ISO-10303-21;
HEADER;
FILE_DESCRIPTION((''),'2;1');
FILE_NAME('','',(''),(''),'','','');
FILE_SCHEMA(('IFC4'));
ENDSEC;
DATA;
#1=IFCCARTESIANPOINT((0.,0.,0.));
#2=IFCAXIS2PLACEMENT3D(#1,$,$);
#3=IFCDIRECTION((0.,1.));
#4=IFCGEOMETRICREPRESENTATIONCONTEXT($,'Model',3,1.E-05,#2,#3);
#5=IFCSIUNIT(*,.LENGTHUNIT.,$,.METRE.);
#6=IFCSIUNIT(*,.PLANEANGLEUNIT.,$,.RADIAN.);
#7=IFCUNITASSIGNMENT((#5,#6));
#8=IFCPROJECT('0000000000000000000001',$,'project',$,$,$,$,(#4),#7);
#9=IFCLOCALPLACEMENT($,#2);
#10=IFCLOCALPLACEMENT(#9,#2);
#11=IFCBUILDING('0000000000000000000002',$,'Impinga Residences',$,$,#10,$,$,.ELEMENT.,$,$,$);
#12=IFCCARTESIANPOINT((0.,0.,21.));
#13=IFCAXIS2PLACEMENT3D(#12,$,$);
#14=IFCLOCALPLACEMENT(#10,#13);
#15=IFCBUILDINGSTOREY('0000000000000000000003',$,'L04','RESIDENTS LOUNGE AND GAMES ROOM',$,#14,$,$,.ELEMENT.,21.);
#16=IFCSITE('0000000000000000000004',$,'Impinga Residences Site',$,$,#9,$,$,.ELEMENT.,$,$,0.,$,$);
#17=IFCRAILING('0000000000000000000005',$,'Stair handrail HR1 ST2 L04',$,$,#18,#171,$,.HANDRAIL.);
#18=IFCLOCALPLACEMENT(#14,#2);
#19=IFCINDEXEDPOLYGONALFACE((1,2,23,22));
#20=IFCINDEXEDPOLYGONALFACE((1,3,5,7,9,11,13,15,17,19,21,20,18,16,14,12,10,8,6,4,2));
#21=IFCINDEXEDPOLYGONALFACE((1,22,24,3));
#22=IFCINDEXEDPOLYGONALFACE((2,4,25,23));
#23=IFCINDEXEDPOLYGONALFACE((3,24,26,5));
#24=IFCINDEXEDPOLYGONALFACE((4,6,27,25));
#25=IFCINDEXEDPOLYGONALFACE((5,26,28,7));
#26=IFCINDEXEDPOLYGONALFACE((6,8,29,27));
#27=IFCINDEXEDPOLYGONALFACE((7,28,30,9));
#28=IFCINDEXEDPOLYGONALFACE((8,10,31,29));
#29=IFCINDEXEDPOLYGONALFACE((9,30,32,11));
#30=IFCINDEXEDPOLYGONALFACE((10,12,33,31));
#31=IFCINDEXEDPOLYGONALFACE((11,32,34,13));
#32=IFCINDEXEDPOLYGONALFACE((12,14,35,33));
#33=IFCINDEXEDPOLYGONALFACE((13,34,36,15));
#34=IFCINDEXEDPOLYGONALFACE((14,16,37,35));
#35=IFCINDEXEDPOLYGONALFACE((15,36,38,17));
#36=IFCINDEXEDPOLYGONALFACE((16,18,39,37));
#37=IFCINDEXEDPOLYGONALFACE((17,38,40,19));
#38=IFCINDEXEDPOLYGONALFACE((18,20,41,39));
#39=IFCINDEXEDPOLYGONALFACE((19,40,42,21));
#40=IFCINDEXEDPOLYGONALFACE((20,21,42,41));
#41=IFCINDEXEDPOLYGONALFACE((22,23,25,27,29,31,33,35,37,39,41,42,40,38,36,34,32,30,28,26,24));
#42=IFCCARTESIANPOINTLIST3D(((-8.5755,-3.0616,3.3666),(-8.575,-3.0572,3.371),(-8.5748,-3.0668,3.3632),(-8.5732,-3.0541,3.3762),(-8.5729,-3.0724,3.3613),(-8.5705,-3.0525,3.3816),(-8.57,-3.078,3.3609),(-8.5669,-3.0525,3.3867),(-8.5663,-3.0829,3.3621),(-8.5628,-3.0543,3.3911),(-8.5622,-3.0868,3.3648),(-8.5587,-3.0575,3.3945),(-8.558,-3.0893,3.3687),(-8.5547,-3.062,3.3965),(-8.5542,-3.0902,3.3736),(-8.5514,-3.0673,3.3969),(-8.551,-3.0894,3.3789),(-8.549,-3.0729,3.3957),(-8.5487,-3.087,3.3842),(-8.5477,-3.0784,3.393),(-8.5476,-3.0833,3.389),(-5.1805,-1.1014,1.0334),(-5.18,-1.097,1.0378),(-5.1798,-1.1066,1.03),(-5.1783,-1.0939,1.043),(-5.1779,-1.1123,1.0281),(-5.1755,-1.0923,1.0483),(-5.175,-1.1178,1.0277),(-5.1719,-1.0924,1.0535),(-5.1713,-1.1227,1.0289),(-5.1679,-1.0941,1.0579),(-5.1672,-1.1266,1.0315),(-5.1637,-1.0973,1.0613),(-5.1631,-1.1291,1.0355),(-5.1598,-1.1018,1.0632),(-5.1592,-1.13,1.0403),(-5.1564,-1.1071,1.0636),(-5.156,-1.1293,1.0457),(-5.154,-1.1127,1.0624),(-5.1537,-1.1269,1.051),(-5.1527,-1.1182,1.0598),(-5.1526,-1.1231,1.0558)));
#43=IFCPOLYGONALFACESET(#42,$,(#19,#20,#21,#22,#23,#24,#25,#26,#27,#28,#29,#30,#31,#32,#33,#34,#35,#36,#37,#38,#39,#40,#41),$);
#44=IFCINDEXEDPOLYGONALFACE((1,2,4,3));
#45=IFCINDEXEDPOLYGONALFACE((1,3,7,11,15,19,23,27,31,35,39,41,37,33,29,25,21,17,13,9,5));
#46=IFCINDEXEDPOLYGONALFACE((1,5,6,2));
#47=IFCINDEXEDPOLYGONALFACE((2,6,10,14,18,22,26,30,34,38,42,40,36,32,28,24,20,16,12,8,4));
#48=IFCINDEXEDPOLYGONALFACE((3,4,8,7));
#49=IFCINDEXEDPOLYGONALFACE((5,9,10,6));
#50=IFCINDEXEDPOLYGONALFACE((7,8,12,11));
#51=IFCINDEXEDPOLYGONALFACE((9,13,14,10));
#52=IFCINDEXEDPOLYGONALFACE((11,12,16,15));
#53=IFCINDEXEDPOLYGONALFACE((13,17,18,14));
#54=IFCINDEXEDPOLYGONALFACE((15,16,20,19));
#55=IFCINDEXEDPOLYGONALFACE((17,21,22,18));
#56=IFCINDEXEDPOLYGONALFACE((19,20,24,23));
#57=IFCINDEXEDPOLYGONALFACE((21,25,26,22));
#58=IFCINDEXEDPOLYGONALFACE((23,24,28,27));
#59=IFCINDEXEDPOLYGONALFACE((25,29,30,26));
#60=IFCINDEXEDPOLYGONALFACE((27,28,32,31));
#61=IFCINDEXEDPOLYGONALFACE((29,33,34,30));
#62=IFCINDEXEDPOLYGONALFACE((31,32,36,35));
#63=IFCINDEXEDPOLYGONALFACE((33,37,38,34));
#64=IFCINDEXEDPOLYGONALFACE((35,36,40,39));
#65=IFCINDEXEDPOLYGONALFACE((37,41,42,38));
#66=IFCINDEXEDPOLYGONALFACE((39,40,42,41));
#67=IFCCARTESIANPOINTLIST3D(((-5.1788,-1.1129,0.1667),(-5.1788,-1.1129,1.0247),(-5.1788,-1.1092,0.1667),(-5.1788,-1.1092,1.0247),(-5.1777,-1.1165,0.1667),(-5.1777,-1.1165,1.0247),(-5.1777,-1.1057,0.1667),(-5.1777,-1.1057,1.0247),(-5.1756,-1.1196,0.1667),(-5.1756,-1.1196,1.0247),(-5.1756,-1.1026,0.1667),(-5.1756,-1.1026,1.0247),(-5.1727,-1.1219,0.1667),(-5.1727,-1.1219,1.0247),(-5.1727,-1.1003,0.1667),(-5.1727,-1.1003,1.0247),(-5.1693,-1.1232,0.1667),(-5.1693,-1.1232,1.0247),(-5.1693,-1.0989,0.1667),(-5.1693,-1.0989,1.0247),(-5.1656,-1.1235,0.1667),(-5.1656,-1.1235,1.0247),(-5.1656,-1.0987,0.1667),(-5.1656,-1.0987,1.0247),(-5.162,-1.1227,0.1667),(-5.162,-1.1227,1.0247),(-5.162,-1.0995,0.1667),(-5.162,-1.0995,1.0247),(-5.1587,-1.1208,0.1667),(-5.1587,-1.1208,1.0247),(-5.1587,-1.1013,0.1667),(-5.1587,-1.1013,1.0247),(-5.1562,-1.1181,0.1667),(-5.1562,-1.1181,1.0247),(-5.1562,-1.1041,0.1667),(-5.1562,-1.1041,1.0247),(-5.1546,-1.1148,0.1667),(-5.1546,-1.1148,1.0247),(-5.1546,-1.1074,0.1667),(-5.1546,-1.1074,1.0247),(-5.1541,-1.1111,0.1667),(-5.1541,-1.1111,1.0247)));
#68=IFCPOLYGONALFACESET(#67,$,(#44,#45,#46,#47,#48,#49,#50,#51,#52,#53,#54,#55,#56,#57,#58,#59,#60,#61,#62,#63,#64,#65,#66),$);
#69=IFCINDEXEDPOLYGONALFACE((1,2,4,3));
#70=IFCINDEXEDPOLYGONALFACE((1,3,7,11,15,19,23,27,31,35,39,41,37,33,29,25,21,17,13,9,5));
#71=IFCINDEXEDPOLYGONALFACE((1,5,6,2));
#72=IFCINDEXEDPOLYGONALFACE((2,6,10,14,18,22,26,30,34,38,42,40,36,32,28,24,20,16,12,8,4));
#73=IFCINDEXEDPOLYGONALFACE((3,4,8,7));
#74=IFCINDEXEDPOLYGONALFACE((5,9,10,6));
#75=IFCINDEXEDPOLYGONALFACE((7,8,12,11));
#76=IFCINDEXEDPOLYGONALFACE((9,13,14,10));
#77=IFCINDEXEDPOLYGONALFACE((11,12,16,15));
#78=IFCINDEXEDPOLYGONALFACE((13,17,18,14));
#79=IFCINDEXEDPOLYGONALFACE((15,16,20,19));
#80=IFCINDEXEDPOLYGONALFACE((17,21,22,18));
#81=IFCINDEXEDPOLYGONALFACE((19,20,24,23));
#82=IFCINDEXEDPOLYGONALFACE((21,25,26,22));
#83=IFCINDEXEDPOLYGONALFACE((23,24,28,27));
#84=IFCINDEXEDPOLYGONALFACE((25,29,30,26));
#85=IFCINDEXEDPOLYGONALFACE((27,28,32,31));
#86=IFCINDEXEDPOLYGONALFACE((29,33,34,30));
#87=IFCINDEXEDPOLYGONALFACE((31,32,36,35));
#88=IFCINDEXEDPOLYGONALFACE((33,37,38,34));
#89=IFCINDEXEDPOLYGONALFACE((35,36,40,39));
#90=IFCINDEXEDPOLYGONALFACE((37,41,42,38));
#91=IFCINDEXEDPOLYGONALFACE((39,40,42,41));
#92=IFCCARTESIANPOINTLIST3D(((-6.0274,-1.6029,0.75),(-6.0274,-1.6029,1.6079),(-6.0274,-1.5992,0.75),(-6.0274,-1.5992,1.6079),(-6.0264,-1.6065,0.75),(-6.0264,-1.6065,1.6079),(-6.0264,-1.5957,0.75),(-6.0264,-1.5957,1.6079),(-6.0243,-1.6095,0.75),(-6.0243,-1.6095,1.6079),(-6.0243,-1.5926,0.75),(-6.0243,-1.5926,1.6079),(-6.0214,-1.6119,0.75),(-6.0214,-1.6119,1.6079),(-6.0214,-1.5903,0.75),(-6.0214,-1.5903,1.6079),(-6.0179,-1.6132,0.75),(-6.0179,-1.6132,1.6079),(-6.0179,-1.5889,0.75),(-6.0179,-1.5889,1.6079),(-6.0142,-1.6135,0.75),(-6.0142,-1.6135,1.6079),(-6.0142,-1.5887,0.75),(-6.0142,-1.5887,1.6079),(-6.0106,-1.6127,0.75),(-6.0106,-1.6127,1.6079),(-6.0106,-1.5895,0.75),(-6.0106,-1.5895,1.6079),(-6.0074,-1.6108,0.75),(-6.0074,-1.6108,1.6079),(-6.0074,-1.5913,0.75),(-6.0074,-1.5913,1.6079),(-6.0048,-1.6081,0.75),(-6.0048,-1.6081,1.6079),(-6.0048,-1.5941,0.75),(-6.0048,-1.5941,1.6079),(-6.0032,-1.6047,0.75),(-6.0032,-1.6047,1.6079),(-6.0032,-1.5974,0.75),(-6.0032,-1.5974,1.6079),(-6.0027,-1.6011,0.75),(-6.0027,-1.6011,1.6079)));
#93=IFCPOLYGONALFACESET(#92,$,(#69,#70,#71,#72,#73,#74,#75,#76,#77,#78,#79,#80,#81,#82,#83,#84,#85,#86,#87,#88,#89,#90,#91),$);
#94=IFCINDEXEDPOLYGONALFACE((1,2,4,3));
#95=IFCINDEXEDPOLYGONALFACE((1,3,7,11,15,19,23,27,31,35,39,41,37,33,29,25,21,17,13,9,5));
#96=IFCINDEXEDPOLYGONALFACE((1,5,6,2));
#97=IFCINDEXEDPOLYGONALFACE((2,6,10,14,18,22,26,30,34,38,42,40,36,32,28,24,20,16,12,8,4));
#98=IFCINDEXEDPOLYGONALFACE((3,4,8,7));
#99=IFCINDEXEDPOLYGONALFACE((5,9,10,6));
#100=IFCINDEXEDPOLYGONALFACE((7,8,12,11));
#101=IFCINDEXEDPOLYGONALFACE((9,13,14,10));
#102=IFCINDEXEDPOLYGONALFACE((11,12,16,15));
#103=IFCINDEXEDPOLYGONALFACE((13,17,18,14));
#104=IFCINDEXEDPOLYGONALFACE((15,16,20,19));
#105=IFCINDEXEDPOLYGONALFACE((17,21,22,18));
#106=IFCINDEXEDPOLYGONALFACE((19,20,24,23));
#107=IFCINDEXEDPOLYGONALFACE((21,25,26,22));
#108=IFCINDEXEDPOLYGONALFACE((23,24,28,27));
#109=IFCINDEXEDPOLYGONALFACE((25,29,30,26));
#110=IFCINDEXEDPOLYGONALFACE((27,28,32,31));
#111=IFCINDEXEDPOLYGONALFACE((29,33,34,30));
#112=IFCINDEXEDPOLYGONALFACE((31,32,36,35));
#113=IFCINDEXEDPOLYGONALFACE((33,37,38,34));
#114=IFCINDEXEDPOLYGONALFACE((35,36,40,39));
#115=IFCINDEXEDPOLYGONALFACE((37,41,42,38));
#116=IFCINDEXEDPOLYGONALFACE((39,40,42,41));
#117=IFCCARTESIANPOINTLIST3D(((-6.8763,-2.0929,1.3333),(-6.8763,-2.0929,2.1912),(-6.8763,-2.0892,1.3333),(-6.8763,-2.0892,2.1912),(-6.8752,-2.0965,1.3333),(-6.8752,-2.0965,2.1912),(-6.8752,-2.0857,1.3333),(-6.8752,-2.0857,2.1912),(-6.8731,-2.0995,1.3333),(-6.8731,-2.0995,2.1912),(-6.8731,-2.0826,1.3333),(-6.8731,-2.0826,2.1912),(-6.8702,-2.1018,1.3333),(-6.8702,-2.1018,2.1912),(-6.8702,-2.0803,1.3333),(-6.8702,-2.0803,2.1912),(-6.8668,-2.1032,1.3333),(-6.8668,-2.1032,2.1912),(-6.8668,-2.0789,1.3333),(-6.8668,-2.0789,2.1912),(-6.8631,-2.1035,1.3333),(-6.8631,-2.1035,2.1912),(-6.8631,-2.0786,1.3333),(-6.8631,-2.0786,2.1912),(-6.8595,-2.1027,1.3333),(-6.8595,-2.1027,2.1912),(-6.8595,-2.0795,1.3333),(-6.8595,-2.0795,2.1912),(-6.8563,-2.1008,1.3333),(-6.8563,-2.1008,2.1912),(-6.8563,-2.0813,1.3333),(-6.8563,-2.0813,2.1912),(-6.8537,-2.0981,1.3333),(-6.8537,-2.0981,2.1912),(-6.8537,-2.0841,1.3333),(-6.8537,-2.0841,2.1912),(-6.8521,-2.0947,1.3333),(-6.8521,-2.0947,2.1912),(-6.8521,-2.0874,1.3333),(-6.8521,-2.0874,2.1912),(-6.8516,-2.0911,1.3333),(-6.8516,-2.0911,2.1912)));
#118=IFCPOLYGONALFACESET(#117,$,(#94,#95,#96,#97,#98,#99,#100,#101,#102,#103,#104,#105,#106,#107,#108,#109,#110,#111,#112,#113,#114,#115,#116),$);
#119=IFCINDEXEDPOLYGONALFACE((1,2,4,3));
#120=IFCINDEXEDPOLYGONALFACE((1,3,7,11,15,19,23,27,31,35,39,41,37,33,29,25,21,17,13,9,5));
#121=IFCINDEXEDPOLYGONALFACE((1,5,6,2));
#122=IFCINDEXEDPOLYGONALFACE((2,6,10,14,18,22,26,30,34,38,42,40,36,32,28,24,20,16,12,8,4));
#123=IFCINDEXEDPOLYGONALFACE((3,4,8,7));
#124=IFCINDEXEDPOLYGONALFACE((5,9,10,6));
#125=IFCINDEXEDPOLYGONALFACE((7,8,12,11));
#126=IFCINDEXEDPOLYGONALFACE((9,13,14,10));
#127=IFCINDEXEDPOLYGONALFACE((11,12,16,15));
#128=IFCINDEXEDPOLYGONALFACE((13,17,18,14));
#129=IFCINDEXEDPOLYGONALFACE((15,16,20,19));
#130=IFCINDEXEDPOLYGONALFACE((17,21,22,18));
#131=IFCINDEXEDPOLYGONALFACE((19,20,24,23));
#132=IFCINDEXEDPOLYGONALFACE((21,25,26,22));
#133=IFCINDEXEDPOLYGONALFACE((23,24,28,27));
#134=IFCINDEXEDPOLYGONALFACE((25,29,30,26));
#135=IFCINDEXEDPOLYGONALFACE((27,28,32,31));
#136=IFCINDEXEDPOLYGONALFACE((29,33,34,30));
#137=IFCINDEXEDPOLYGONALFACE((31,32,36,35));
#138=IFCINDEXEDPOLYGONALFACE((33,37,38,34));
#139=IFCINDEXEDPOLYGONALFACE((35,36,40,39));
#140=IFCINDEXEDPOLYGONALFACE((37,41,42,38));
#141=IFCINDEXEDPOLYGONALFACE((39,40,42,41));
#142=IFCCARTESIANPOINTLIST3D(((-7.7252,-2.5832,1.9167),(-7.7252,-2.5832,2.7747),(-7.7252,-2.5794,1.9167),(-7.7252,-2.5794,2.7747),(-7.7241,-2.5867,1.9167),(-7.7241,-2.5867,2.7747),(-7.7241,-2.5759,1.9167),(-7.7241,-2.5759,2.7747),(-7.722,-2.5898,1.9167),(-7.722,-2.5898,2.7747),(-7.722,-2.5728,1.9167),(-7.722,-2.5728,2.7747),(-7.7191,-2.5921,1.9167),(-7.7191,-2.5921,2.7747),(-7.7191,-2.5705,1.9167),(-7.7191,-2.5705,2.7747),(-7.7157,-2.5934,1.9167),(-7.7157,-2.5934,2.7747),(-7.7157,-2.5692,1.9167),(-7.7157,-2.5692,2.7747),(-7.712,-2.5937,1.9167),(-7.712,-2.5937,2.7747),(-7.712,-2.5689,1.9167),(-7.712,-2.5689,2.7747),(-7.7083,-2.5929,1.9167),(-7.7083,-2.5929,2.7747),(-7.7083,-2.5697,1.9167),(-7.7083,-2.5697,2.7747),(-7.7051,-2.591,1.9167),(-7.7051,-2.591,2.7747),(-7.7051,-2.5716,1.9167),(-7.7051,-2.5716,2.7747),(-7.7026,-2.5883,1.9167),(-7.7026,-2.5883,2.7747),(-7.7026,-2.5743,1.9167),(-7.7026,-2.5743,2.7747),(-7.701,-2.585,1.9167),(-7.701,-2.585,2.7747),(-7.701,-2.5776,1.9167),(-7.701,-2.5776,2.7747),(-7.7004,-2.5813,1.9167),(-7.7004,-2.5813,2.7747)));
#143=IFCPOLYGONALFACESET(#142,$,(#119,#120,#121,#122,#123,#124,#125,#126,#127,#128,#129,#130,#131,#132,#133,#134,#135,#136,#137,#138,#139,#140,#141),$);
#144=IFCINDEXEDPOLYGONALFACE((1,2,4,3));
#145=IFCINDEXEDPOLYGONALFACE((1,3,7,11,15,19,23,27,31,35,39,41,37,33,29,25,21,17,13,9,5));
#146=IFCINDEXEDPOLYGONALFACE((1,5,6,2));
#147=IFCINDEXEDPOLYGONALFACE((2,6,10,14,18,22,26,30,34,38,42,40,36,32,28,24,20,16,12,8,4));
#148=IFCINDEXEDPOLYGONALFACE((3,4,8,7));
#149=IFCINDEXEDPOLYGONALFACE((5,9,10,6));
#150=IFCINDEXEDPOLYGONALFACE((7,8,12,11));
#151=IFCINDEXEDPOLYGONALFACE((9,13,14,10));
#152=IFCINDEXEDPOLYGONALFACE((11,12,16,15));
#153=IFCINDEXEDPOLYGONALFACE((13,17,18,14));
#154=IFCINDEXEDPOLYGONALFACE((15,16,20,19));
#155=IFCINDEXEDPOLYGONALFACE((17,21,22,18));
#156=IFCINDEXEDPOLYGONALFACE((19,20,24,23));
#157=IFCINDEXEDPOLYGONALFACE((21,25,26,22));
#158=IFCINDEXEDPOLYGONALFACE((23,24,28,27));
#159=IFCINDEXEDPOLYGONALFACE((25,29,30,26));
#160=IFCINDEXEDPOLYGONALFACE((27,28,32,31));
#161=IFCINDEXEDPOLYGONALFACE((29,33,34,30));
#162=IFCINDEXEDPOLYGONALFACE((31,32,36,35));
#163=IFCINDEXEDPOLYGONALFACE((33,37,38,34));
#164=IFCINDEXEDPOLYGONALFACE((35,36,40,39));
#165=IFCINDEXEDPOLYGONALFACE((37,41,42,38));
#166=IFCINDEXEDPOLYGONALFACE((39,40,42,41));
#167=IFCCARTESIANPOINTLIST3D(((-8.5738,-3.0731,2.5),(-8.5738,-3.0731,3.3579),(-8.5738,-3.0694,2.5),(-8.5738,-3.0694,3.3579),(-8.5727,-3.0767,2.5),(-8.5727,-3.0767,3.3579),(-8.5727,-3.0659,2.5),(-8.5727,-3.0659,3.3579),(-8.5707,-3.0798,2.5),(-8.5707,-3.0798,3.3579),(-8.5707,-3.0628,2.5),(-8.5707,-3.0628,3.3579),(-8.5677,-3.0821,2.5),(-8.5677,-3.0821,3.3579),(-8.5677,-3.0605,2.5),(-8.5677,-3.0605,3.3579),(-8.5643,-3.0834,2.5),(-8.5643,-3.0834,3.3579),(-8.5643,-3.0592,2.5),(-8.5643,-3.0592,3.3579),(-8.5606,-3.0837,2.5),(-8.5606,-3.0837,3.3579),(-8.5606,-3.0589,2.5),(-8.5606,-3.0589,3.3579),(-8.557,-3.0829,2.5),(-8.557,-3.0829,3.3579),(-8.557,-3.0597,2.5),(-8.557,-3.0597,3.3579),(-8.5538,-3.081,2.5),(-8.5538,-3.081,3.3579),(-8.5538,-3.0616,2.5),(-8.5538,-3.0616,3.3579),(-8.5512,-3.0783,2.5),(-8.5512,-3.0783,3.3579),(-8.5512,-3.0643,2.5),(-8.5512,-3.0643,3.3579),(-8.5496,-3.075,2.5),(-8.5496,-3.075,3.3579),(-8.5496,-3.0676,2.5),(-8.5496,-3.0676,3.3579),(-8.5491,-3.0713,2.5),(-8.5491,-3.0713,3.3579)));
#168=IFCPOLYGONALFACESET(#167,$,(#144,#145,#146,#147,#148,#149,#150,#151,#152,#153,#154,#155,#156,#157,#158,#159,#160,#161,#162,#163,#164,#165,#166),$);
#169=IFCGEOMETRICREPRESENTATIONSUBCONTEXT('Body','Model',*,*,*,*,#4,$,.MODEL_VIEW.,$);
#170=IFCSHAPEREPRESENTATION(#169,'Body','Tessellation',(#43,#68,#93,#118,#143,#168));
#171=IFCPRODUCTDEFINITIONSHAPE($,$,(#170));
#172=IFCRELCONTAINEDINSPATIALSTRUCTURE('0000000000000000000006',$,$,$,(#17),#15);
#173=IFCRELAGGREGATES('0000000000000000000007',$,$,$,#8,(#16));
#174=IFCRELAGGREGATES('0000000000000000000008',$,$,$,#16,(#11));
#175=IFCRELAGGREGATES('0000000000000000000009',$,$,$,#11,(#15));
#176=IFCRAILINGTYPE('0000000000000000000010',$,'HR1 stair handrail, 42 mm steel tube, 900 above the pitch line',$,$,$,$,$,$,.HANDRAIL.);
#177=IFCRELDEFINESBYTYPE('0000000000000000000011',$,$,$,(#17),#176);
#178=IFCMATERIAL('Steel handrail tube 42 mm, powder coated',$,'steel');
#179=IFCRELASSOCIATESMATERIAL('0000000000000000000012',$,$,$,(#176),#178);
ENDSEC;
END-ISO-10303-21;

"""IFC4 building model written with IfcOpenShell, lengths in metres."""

from ifc_helpers import new_model, si_unit, direction, frame, origin, origin_2d, place, context, subcontext, project, spatial, circle, extrude, material, type_object, element, save


model = new_model("IFC4")

# Units and contexts
model_context = context("Model", 3, precision=1e-05, world=origin(), true_north=direction((0.0, 1.0)))
body_context = subcontext(model_context, "Body", "Model", "MODEL_VIEW")
ifc_project = project(units=[si_unit("LENGTHUNIT", "METRE"), si_unit("PLANEANGLEUNIT", "RADIAN")], contexts=[model_context])

# Site, building, storey
site_placement = place(None, origin())
site = spatial("IfcSite", under=ifc_project, at=site_placement, Name="Impinga Residences Site", CompositionType="ELEMENT", RefElevation=0.0)
building_placement = place(site_placement, origin())
building = spatial("IfcBuilding", under=site, at=building_placement, Name="Impinga Residences", CompositionType="ELEMENT")
storey_placement = place(building_placement, frame((0.0, 0.0, 21.0)))
storey = spatial("IfcBuildingStorey", under=building, at=storey_placement, Name="L04", Description="RESIDENTS LOUNGE AND GAMES ROOM", CompositionType="ELEMENT", Elevation=21.0)

# Railing
ifc_material_1 = material(Name="Steel handrail tube 42 mm, powder coated", Category="steel")
railing_type = type_object("IfcRailingType", Name="HR1 stair handrail, 42 mm steel tube, 900 above the pitch line", PredefinedType="HANDRAIL", material=ifc_material_1)
railing_placement = place(storey_placement, frame((-5.1665, -1.1111, 0.1667)))
element("IfcRailing", 1, at=railing_placement, inside=storey, type_object=railing_type, Name="Stair handrail HR1 ST2 L04", PredefinedType="HANDRAIL", context=body_context, shape_type="SweptSolid", body=[
    extrude(circle(Radius=0.021, at=origin_2d()), frame((0.0, 0.0, 0.8789), z_axis=(-0.744181, -0.429673, 0.511444), x_axis=(0.500017, -0.866016, 0.0)), (0.0, 0.0, 1.0), 4.562),
    extrude(circle(Radius=0.0125, at=origin_2d()), origin(), (0.0, 0.0, 1.0), 0.8579),
    extrude(circle(Radius=0.0125, at=origin_2d()), frame((-0.8486, -0.49, 0.5833)), (0.0, 0.0, 1.0), 0.8579),
    extrude(circle(Radius=0.0125, at=origin_2d()), frame((-1.6975, -0.98, 1.1665)), (0.0, 0.0, 1.0), 0.8579),
    extrude(circle(Radius=0.0125, at=origin_2d()), frame((-2.5464, -1.4702, 1.75)), (0.0, 0.0, 1.0), 0.8579),
    extrude(circle(Radius=0.0125, at=origin_2d()), frame((-3.395, -1.9602, 2.3333)), (0.0, 0.0, 1.0), 0.8579),
])

save(model, "model.ifc")
